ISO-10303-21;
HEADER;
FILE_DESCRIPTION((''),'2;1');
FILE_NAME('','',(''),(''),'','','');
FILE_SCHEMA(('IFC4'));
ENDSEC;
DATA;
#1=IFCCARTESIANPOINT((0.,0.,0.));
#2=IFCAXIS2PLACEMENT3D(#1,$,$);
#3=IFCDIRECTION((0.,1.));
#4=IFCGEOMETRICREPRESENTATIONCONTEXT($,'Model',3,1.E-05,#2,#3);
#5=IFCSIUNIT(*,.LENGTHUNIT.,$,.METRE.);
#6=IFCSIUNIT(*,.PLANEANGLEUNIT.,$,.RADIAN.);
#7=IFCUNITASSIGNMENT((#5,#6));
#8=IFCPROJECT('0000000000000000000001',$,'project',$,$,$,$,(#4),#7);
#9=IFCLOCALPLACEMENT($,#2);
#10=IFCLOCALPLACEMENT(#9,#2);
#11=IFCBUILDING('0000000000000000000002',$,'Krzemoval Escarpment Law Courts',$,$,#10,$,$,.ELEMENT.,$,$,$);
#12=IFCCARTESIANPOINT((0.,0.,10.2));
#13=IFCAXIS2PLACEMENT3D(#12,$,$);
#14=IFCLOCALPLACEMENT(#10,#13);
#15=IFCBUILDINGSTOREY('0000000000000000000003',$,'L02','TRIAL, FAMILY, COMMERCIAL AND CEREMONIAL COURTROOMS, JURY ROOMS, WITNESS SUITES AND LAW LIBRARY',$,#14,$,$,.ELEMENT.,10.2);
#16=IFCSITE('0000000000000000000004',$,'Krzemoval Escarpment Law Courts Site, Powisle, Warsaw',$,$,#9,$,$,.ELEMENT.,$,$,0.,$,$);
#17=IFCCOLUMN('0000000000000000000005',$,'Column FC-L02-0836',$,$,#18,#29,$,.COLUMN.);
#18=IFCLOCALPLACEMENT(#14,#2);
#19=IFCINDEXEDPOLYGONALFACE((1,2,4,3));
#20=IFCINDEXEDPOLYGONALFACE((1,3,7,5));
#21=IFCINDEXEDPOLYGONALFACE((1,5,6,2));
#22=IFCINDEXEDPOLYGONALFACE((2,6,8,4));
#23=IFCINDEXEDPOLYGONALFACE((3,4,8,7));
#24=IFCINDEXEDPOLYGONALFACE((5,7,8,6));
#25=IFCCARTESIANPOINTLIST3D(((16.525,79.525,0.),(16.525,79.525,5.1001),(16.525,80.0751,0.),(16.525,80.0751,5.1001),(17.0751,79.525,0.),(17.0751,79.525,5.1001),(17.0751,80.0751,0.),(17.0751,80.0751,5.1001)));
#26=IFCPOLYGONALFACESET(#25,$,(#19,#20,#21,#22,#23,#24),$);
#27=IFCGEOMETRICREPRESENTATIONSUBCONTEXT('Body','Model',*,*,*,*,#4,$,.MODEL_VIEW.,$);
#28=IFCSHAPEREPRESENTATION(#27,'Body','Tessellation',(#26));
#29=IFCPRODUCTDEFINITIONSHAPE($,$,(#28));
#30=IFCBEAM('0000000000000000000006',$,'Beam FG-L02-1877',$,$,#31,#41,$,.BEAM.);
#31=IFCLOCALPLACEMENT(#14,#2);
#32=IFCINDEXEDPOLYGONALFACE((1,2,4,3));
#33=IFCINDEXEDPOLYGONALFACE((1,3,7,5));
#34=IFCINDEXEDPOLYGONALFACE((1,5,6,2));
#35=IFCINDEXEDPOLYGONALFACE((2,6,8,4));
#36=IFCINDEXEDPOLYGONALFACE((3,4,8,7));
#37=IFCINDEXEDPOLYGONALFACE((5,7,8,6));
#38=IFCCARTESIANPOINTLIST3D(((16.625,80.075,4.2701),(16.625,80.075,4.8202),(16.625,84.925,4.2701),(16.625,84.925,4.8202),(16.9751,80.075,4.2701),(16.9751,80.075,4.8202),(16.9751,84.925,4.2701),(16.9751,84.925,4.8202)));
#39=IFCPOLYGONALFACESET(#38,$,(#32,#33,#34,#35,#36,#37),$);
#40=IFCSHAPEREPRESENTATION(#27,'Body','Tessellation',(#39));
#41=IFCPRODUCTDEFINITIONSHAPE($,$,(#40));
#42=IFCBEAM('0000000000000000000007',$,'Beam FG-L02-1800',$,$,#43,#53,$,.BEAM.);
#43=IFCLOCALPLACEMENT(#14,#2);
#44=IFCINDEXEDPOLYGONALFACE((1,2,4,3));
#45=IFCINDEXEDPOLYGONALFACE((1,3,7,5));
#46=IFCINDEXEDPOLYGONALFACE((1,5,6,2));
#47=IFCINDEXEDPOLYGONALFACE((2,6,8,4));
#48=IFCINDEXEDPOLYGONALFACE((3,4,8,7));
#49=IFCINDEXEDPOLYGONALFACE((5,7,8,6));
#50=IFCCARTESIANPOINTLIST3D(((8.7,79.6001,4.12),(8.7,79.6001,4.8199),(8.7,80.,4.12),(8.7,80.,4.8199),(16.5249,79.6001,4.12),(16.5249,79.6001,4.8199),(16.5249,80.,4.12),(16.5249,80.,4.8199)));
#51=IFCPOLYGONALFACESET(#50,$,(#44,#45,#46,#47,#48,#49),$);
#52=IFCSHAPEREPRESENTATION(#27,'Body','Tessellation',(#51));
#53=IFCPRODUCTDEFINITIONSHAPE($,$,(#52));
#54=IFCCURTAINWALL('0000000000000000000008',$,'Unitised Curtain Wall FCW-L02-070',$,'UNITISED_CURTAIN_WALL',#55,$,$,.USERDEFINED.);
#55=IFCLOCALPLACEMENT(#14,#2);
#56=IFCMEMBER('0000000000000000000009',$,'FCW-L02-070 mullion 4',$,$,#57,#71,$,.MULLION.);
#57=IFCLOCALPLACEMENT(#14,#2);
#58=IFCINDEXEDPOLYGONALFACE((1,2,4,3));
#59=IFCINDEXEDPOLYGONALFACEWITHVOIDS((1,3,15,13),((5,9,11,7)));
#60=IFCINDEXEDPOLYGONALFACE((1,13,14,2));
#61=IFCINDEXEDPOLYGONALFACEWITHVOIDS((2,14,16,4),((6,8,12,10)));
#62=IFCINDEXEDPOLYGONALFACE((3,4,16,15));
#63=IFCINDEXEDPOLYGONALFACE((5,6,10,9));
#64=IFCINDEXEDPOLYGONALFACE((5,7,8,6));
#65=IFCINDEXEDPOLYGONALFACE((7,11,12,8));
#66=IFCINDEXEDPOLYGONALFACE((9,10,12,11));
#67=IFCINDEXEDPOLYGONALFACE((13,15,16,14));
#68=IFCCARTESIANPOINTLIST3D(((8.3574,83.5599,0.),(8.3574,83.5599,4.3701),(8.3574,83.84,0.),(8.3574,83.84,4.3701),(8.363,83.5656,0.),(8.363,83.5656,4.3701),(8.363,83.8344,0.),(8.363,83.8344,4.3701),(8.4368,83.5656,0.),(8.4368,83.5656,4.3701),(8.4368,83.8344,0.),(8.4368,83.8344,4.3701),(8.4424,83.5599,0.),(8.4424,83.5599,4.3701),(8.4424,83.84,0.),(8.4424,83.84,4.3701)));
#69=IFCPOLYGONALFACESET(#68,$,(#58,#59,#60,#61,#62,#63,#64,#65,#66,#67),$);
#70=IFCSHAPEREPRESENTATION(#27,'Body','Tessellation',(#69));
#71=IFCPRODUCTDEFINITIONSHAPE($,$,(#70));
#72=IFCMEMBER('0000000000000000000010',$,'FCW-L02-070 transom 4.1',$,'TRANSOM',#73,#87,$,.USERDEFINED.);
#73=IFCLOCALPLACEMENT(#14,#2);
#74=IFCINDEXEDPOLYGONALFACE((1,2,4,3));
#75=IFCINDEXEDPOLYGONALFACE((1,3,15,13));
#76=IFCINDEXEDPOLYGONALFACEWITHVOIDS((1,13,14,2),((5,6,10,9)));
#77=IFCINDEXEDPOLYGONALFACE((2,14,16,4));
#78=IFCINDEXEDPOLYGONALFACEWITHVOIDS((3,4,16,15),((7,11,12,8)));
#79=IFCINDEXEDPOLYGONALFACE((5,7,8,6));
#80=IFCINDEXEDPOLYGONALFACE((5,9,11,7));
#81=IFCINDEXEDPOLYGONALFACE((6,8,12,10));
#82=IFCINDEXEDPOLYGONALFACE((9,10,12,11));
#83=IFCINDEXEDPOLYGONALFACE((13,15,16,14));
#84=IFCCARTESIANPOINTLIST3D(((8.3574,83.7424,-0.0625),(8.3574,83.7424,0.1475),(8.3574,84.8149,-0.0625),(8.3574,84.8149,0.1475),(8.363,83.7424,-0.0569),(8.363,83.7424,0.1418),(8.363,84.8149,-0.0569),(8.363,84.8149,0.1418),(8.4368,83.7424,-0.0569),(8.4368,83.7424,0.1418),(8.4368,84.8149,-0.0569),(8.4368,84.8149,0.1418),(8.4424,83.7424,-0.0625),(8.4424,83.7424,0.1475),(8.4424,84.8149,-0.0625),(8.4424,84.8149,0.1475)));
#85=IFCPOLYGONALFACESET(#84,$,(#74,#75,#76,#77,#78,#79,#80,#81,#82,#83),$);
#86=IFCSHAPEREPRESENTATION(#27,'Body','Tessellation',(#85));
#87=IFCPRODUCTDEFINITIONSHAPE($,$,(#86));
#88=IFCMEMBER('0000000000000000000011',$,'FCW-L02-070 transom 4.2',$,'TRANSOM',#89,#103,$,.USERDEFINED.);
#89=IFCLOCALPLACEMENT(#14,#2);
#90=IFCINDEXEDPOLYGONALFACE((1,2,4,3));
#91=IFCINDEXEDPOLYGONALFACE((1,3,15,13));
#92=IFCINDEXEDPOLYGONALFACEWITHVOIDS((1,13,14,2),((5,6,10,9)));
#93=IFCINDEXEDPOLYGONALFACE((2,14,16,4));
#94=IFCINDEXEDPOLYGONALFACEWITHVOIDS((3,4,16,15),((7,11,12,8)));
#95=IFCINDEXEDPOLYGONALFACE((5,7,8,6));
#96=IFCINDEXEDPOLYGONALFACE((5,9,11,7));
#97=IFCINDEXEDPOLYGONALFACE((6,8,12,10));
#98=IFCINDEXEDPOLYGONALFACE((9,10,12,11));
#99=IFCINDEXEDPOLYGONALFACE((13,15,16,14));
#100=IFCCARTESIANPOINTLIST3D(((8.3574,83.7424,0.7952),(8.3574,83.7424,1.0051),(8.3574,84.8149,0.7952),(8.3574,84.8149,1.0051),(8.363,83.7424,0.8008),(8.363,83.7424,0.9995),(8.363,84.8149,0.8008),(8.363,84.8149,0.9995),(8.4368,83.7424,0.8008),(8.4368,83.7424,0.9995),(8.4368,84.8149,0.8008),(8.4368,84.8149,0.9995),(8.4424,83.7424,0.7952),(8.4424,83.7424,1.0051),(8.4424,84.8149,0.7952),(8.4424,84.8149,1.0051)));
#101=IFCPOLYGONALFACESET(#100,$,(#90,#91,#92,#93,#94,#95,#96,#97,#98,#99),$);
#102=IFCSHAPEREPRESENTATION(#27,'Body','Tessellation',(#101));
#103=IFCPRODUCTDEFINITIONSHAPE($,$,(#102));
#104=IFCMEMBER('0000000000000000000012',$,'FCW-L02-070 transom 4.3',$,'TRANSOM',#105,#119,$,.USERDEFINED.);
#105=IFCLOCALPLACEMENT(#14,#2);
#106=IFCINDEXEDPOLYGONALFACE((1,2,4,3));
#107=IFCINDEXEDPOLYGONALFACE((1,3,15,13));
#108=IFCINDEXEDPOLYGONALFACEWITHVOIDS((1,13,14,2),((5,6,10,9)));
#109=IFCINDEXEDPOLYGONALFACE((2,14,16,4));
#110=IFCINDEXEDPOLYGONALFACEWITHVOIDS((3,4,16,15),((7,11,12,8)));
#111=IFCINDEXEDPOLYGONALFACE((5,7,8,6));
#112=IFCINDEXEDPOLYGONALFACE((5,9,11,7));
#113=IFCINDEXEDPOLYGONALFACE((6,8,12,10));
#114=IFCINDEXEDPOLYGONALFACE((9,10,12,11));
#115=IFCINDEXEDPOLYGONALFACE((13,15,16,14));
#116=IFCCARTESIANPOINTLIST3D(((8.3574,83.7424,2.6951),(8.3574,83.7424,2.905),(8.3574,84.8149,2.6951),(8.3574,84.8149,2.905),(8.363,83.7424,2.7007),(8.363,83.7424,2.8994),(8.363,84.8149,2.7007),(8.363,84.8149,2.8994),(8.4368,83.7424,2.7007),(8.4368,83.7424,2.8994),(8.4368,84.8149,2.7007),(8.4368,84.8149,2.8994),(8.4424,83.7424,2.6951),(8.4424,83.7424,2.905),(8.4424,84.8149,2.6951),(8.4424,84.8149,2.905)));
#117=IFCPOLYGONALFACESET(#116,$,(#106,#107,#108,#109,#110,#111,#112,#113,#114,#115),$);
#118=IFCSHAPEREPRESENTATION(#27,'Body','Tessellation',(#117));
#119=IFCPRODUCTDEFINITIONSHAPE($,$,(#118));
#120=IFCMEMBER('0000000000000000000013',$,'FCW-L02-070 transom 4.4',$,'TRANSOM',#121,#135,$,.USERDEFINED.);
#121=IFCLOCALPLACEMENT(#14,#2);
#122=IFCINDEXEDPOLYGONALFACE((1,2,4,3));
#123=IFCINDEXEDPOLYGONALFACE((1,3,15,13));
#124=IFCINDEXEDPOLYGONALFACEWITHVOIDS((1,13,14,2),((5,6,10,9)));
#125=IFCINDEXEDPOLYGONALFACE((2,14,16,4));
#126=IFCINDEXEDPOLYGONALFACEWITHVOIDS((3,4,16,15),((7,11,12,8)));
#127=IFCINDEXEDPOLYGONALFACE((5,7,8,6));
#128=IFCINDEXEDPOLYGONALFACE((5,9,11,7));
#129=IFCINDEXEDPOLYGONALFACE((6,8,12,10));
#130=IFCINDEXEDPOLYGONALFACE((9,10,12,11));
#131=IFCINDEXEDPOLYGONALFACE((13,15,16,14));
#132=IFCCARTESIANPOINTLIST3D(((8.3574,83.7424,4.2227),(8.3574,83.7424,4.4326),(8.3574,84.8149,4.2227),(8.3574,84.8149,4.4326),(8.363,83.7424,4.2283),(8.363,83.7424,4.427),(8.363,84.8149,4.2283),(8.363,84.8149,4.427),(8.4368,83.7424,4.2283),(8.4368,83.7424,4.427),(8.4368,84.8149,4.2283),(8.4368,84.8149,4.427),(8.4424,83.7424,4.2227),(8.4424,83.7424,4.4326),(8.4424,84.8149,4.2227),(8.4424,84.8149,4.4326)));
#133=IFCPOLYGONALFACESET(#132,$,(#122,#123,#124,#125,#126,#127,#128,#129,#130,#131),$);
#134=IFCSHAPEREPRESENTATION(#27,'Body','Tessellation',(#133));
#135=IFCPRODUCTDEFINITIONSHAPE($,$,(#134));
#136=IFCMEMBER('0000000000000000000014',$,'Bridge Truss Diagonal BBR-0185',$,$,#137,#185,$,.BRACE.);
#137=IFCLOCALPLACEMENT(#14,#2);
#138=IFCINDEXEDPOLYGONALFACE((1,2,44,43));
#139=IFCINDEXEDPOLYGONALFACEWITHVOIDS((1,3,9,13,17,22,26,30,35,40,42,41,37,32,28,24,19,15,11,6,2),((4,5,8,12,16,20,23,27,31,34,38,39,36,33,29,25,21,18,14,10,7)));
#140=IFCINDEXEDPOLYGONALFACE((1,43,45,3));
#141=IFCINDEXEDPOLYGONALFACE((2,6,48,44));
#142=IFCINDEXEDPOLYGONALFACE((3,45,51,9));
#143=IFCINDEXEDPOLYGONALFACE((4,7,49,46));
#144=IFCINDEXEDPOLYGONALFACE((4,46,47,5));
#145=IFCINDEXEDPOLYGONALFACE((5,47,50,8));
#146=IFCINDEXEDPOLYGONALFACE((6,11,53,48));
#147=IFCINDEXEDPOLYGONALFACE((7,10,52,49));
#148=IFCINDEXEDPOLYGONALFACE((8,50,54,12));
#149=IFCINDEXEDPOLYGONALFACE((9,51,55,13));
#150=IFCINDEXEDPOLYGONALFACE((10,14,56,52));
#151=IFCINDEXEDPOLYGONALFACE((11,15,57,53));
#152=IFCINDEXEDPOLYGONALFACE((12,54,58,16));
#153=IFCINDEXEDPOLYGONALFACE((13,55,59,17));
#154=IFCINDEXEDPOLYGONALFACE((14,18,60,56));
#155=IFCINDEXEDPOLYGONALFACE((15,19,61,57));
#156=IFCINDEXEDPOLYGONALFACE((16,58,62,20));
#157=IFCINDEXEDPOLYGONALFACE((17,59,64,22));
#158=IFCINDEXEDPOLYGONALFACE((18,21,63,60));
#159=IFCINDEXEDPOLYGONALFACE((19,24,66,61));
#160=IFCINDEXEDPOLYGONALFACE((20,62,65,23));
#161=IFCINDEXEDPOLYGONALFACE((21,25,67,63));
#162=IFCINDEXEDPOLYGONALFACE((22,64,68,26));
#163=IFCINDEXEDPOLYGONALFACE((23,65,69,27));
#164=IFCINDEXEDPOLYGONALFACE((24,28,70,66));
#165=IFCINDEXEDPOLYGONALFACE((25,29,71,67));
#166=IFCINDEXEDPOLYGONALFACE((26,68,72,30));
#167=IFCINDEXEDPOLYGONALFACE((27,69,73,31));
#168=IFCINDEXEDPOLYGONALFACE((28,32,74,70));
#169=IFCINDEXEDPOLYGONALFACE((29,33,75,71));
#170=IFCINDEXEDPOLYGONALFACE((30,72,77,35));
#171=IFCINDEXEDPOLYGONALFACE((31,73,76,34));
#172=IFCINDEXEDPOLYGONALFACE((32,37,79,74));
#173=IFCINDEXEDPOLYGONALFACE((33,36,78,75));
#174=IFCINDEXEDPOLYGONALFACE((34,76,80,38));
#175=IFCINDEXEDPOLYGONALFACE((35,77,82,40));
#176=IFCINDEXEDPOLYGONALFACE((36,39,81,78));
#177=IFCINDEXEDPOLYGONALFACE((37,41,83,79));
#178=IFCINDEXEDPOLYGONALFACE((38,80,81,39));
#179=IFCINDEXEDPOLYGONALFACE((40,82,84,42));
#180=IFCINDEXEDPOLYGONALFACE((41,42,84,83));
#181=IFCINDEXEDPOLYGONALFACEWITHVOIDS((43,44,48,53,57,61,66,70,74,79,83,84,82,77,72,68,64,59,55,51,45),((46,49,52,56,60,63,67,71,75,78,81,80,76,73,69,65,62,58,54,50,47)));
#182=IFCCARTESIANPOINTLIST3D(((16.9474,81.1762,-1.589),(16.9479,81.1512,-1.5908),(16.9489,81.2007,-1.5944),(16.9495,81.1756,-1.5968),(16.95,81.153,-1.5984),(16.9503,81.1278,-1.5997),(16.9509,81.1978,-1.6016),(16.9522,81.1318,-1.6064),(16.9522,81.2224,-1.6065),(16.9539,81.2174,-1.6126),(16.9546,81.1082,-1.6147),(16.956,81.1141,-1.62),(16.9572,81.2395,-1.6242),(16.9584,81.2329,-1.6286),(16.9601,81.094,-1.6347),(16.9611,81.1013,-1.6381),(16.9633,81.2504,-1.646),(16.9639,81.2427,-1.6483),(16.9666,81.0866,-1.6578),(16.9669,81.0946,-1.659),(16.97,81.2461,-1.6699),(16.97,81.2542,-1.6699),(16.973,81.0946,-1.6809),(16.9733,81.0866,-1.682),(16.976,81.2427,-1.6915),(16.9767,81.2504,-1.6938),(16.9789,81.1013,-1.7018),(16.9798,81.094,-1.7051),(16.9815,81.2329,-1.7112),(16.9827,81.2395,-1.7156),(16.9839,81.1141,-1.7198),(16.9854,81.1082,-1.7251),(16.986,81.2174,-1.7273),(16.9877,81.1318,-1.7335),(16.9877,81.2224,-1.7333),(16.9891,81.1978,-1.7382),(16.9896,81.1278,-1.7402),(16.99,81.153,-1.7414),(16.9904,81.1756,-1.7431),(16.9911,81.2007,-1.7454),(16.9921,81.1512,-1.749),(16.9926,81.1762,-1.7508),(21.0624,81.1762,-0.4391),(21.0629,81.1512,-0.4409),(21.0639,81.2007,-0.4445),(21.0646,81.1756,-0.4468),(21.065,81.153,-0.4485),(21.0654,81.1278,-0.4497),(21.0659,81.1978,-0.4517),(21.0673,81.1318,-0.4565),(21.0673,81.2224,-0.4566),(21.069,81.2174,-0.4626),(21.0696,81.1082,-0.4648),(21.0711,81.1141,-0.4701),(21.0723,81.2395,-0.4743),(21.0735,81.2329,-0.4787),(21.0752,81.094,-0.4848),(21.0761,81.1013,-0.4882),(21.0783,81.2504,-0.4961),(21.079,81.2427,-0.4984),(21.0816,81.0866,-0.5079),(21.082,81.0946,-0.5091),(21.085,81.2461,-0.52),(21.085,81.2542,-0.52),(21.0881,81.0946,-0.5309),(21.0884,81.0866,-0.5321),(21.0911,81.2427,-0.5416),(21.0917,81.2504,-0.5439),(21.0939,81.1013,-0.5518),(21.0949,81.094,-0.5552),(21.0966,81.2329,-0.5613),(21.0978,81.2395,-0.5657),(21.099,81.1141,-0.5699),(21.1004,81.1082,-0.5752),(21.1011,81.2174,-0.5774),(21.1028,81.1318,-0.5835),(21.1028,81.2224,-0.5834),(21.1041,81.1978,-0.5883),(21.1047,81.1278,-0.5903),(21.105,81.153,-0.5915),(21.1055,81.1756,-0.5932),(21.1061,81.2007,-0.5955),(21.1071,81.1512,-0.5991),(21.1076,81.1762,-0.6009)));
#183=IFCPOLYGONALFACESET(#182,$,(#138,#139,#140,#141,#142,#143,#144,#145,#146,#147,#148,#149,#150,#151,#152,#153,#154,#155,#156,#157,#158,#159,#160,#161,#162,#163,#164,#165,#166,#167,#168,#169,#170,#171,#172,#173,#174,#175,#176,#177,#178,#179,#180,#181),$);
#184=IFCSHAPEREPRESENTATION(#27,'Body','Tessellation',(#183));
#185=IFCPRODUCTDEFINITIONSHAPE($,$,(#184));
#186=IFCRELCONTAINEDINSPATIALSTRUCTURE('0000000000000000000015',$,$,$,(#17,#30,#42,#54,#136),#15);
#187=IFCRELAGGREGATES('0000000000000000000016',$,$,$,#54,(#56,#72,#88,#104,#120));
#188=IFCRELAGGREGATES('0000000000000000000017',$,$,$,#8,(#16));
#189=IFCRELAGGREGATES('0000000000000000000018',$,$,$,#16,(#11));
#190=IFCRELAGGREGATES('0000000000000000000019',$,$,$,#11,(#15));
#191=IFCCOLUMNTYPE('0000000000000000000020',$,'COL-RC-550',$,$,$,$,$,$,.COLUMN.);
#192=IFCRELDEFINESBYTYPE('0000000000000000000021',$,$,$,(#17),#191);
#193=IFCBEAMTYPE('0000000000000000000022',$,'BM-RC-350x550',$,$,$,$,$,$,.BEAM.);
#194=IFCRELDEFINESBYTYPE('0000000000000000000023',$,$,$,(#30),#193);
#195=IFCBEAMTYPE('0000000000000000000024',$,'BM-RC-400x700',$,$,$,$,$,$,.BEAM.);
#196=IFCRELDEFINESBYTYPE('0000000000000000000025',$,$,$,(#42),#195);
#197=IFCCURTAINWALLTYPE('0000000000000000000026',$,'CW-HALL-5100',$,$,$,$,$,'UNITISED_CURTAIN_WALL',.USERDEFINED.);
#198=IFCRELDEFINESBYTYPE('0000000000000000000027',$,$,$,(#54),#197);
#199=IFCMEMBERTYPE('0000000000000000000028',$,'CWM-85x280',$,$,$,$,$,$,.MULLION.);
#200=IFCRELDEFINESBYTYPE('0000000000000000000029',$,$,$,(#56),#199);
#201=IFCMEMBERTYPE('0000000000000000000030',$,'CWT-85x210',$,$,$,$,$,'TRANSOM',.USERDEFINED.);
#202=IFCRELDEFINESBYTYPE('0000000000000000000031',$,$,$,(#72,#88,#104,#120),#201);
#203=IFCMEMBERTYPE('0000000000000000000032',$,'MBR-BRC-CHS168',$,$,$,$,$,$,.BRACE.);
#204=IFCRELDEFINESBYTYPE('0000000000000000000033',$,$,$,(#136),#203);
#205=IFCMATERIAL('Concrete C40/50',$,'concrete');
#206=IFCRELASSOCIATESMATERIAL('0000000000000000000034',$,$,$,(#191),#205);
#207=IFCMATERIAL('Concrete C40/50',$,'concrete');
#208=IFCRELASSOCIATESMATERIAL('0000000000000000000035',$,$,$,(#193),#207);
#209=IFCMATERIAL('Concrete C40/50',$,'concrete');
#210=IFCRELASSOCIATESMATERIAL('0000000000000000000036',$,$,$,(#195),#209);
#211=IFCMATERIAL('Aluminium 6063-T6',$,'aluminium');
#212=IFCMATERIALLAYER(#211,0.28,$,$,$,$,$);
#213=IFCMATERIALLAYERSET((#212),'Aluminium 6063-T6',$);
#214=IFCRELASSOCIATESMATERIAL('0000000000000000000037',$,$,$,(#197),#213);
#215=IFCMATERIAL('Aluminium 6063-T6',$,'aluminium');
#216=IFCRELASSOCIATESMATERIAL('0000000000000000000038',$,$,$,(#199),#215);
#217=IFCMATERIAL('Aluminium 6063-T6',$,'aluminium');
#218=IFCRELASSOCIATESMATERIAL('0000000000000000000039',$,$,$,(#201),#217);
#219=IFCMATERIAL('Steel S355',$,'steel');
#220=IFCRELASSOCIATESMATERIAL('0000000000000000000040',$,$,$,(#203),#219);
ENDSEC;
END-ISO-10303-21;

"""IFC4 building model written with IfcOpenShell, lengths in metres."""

from ifc_helpers import new_model, si_unit, direction, frame, origin, origin_2d, place, context, subcontext, project, spatial, rectangle, hollow_rectangle, hollow_circle, extrude, material, layer, layer_set, material_profile, profile_set, type_object, element, aggregate, save


model = new_model("IFC4")

# Units and contexts
model_context = context("Model", 3, precision=1e-05, world=origin(), true_north=direction((0.0, 1.0)))
body_context = subcontext(model_context, "Body", "Model", "MODEL_VIEW")
ifc_project = project(units=[si_unit("LENGTHUNIT", "METRE"), si_unit("PLANEANGLEUNIT", "RADIAN")], contexts=[model_context])

# Site, building, storey
site_placement = place(None, origin())
site = spatial("IfcSite", under=ifc_project, at=site_placement, Name="Krzemoval Escarpment Law Courts Site, Powisle, Warsaw", CompositionType="ELEMENT", RefElevation=0.0)
building_placement = place(site_placement, origin())
building = spatial("IfcBuilding", under=site, at=building_placement, Name="Krzemoval Escarpment Law Courts", CompositionType="ELEMENT")
storey_placement = place(building_placement, frame((0.0, 0.0, 10.2)))
storey = spatial("IfcBuildingStorey", under=building, at=storey_placement, Name="L02", Description="TRIAL, FAMILY, COMMERCIAL AND CEREMONIAL COURTROOMS, JURY ROOMS, WITNESS SUITES AND LAW LIBRARY", CompositionType="ELEMENT", Elevation=10.2)

# Column
ifc_material_1 = material(Name="Concrete C40/50", Category="concrete")
ifc_material_profile_1 = material_profile(ifc_material_1, rectangle(XDim=0.55, YDim=0.55, at=origin_2d()), Name="RC 550x550")
ifc_profile_set_1 = profile_set([ifc_material_profile_1], Name="Concrete C40/50")
column_type = type_object("IfcColumnType", Name="COL-RC-550", PredefinedType="COLUMN", material=ifc_profile_set_1)
column_placement = place(storey_placement, frame((16.8, 79.8, 0.0), z_axis=(0.0, 0.0, 1.0), x_axis=(1.0, 0.0, 0.0)))
element("IfcColumn", 1, at=column_placement, inside=storey, type_object=column_type, Name="Column FC-L02-0836", PredefinedType="COLUMN", context=body_context, shape_type="SweptSolid", body=[
    extrude(rectangle(XDim=0.55, YDim=0.55, at=origin_2d()), origin(), (0.0, 0.0, 1.0), 5.1001),
])

# Beams
ifc_material_2 = material(Name="Concrete C40/50", Category="concrete")
ifc_material_profile_2 = material_profile(ifc_material_2, rectangle(XDim=0.3501, YDim=0.55, at=origin_2d()), Name="RCB 350x550")
ifc_profile_set_2 = profile_set([ifc_material_profile_2], Name="Concrete C40/50")
beam_type_1 = type_object("IfcBeamType", Name="BM-RC-350x550", PredefinedType="BEAM", material=ifc_profile_set_2)
beam_1_placement = place(storey_placement, frame((16.8, 80.075, 4.5452), z_axis=(0.0, 1.0, 0.0), x_axis=(-1.0, 0.0, 0.0)))
element("IfcBeam", 2, at=beam_1_placement, inside=storey, type_object=beam_type_1, Name="Beam FG-L02-1877", PredefinedType="BEAM", context=body_context, shape_type="SweptSolid", body=[
    extrude(rectangle(XDim=0.3501, YDim=0.55, at=origin_2d()), origin(), (0.0, 0.0, 1.0), 4.8501),
])
ifc_material_3 = material(Name="Concrete C40/50", Category="concrete")
ifc_material_profile_3 = material_profile(ifc_material_3, rectangle(XDim=0.3999, YDim=0.7, at=origin_2d()), Name="RCB 400x700")
ifc_profile_set_3 = profile_set([ifc_material_profile_3], Name="Concrete C40/50")
beam_type_2 = type_object("IfcBeamType", Name="BM-RC-400x700", PredefinedType="BEAM", material=ifc_profile_set_3)
beam_2_placement = place(storey_placement, frame((8.7, 79.8, 4.47), z_axis=(1.0, 0.0, 0.0), x_axis=(0.0, 1.0, 0.0)))
element("IfcBeam", 3, at=beam_2_placement, inside=storey, type_object=beam_type_2, Name="Beam FG-L02-1800", PredefinedType="BEAM", context=body_context, shape_type="SweptSolid", body=[
    extrude(rectangle(XDim=0.3999, YDim=0.7, at=origin_2d()), origin(), (0.0, 0.0, 1.0), 7.825),
])

# Curtain wall, members
ifc_material_4 = material(Name="Aluminium 6063-T6", Category="aluminium")
ifc_layer_1 = layer(ifc_material_4, 0.28)
ifc_layer_set_1 = layer_set([ifc_layer_1], Name="Aluminium 6063-T6")
curtain_wall_type = type_object("IfcCurtainWallType", Name="CW-HALL-5100", ElementType="UNITISED_CURTAIN_WALL", PredefinedType="USERDEFINED", material=ifc_layer_set_1)
curtain_wall_placement = place(storey_placement, origin())
curtain_wall = element("IfcCurtainWall", 4, at=curtain_wall_placement, inside=storey, type_object=curtain_wall_type, Name="Unitised Curtain Wall FCW-L02-070", ObjectType="UNITISED_CURTAIN_WALL", PredefinedType="USERDEFINED")
ifc_material_5 = material(Name="Aluminium 6063-T6", Category="aluminium")
ifc_material_profile_4 = material_profile(ifc_material_5, hollow_rectangle(XDim=0.085, YDim=0.28, WallThickness=0.0056, at=origin_2d()), Name="ALU M85x280")
ifc_profile_set_4 = profile_set([ifc_material_profile_4], Name="Aluminium 6063-T6")
member_type_1 = type_object("IfcMemberType", Name="CWM-85x280", PredefinedType="MULLION", material=ifc_profile_set_4)
member_1_placement = place(storey_placement, frame((8.3999, 83.7, 0.0), z_axis=(0.0, 0.0, 1.0), x_axis=(-1.0, 0.0, 0.0)))
member_1 = element("IfcMember", 5, at=member_1_placement, type_object=member_type_1, Name="FCW-L02-070 mullion 4", PredefinedType="MULLION", context=body_context, shape_type="SweptSolid", body=[
    extrude(hollow_rectangle(XDim=0.085, YDim=0.28, WallThickness=0.0056, at=origin_2d()), origin(), (0.0, 0.0, 1.0), 4.3701),
])
ifc_material_6 = material(Name="Aluminium 6063-T6", Category="aluminium")
ifc_material_profile_5 = material_profile(ifc_material_6, hollow_rectangle(XDim=0.085, YDim=0.21, WallThickness=0.0056, at=origin_2d()), Name="ALU T85x210")
ifc_profile_set_5 = profile_set([ifc_material_profile_5], Name="Aluminium 6063-T6")
member_type_2 = type_object("IfcMemberType", Name="CWT-85x210", ElementType="TRANSOM", PredefinedType="USERDEFINED", material=ifc_profile_set_5)
member_2_placement = place(storey_placement, frame((8.3999, 83.7424, 0.0425), z_axis=(0.0, 1.0, 0.0), x_axis=(-1.0, 0.0, 0.0)))
member_2 = element("IfcMember", 6, at=member_2_placement, type_object=member_type_2, Name="FCW-L02-070 transom 4.1", ObjectType="TRANSOM", PredefinedType="USERDEFINED", context=body_context, shape_type="SweptSolid", body=[
    extrude(hollow_rectangle(XDim=0.085, YDim=0.21, WallThickness=0.0056, at=origin_2d()), origin(), (0.0, 0.0, 1.0), 1.0725),
])
member_3_placement = place(storey_placement, frame((8.3999, 83.7424, 0.9001), z_axis=(0.0, 1.0, 0.0), x_axis=(-1.0, 0.0, 0.0)))
member_3 = element("IfcMember", 7, at=member_3_placement, type_object=member_type_2, Name="FCW-L02-070 transom 4.2", ObjectType="TRANSOM", PredefinedType="USERDEFINED", context=body_context, shape_type="SweptSolid", body=[
    extrude(hollow_rectangle(XDim=0.085, YDim=0.21, WallThickness=0.0056, at=origin_2d()), origin(), (0.0, 0.0, 1.0), 1.0725),
])
member_4_placement = place(storey_placement, frame((8.3999, 83.7424, 2.8), z_axis=(0.0, 1.0, 0.0), x_axis=(-1.0, 0.0, 0.0)))
member_4 = element("IfcMember", 8, at=member_4_placement, type_object=member_type_2, Name="FCW-L02-070 transom 4.3", ObjectType="TRANSOM", PredefinedType="USERDEFINED", context=body_context, shape_type="SweptSolid", body=[
    extrude(hollow_rectangle(XDim=0.085, YDim=0.21, WallThickness=0.0056, at=origin_2d()), origin(), (0.0, 0.0, 1.0), 1.0725),
])
member_5_placement = place(storey_placement, frame((8.3999, 83.7424, 4.3276), z_axis=(0.0, 1.0, 0.0), x_axis=(-1.0, 0.0, 0.0)))
member_5 = element("IfcMember", 9, at=member_5_placement, type_object=member_type_2, Name="FCW-L02-070 transom 4.4", ObjectType="TRANSOM", PredefinedType="USERDEFINED", context=body_context, shape_type="SweptSolid", body=[
    extrude(hollow_rectangle(XDim=0.085, YDim=0.21, WallThickness=0.0056, at=origin_2d()), origin(), (0.0, 0.0, 1.0), 1.0725),
])
aggregate(curtain_wall, [member_1, member_2, member_3, member_4, member_5])

# Member
ifc_material_7 = material(Name="Steel S355", Category="steel")
ifc_material_profile_6 = material_profile(ifc_material_7, hollow_circle(Radius=0.0842, WallThickness=0.0081, at=origin_2d()), Name="CHS 168.3x8")
ifc_profile_set_6 = profile_set([ifc_material_profile_6], Name="Steel S355")
member_type_3 = type_object("IfcMemberType", Name="MBR-BRC-CHS168", PredefinedType="BRACE", material=ifc_profile_set_6)
for number, where, z_axis, x_axis, name in (
    (10, (16.97, 81.1699, -1.6699), (0.963103, 0.0, 0.269132), (0.0, 1.0, 0.0), "Bridge Truss Diagonal BBR-0185"),
):
    element("IfcMember", number, at=place(storey_placement, frame(where, z_axis=z_axis, x_axis=x_axis)), inside=storey, type_object=member_type_3, Name=name, PredefinedType="BRACE", context=body_context, shape_type="SweptSolid", body=[
        extrude(hollow_circle(Radius=0.0842, WallThickness=0.0081, at=origin_2d()), origin(), (0.0, 0.0, 1.0), 4.2727),
    ])

save(model, "model.ifc")
